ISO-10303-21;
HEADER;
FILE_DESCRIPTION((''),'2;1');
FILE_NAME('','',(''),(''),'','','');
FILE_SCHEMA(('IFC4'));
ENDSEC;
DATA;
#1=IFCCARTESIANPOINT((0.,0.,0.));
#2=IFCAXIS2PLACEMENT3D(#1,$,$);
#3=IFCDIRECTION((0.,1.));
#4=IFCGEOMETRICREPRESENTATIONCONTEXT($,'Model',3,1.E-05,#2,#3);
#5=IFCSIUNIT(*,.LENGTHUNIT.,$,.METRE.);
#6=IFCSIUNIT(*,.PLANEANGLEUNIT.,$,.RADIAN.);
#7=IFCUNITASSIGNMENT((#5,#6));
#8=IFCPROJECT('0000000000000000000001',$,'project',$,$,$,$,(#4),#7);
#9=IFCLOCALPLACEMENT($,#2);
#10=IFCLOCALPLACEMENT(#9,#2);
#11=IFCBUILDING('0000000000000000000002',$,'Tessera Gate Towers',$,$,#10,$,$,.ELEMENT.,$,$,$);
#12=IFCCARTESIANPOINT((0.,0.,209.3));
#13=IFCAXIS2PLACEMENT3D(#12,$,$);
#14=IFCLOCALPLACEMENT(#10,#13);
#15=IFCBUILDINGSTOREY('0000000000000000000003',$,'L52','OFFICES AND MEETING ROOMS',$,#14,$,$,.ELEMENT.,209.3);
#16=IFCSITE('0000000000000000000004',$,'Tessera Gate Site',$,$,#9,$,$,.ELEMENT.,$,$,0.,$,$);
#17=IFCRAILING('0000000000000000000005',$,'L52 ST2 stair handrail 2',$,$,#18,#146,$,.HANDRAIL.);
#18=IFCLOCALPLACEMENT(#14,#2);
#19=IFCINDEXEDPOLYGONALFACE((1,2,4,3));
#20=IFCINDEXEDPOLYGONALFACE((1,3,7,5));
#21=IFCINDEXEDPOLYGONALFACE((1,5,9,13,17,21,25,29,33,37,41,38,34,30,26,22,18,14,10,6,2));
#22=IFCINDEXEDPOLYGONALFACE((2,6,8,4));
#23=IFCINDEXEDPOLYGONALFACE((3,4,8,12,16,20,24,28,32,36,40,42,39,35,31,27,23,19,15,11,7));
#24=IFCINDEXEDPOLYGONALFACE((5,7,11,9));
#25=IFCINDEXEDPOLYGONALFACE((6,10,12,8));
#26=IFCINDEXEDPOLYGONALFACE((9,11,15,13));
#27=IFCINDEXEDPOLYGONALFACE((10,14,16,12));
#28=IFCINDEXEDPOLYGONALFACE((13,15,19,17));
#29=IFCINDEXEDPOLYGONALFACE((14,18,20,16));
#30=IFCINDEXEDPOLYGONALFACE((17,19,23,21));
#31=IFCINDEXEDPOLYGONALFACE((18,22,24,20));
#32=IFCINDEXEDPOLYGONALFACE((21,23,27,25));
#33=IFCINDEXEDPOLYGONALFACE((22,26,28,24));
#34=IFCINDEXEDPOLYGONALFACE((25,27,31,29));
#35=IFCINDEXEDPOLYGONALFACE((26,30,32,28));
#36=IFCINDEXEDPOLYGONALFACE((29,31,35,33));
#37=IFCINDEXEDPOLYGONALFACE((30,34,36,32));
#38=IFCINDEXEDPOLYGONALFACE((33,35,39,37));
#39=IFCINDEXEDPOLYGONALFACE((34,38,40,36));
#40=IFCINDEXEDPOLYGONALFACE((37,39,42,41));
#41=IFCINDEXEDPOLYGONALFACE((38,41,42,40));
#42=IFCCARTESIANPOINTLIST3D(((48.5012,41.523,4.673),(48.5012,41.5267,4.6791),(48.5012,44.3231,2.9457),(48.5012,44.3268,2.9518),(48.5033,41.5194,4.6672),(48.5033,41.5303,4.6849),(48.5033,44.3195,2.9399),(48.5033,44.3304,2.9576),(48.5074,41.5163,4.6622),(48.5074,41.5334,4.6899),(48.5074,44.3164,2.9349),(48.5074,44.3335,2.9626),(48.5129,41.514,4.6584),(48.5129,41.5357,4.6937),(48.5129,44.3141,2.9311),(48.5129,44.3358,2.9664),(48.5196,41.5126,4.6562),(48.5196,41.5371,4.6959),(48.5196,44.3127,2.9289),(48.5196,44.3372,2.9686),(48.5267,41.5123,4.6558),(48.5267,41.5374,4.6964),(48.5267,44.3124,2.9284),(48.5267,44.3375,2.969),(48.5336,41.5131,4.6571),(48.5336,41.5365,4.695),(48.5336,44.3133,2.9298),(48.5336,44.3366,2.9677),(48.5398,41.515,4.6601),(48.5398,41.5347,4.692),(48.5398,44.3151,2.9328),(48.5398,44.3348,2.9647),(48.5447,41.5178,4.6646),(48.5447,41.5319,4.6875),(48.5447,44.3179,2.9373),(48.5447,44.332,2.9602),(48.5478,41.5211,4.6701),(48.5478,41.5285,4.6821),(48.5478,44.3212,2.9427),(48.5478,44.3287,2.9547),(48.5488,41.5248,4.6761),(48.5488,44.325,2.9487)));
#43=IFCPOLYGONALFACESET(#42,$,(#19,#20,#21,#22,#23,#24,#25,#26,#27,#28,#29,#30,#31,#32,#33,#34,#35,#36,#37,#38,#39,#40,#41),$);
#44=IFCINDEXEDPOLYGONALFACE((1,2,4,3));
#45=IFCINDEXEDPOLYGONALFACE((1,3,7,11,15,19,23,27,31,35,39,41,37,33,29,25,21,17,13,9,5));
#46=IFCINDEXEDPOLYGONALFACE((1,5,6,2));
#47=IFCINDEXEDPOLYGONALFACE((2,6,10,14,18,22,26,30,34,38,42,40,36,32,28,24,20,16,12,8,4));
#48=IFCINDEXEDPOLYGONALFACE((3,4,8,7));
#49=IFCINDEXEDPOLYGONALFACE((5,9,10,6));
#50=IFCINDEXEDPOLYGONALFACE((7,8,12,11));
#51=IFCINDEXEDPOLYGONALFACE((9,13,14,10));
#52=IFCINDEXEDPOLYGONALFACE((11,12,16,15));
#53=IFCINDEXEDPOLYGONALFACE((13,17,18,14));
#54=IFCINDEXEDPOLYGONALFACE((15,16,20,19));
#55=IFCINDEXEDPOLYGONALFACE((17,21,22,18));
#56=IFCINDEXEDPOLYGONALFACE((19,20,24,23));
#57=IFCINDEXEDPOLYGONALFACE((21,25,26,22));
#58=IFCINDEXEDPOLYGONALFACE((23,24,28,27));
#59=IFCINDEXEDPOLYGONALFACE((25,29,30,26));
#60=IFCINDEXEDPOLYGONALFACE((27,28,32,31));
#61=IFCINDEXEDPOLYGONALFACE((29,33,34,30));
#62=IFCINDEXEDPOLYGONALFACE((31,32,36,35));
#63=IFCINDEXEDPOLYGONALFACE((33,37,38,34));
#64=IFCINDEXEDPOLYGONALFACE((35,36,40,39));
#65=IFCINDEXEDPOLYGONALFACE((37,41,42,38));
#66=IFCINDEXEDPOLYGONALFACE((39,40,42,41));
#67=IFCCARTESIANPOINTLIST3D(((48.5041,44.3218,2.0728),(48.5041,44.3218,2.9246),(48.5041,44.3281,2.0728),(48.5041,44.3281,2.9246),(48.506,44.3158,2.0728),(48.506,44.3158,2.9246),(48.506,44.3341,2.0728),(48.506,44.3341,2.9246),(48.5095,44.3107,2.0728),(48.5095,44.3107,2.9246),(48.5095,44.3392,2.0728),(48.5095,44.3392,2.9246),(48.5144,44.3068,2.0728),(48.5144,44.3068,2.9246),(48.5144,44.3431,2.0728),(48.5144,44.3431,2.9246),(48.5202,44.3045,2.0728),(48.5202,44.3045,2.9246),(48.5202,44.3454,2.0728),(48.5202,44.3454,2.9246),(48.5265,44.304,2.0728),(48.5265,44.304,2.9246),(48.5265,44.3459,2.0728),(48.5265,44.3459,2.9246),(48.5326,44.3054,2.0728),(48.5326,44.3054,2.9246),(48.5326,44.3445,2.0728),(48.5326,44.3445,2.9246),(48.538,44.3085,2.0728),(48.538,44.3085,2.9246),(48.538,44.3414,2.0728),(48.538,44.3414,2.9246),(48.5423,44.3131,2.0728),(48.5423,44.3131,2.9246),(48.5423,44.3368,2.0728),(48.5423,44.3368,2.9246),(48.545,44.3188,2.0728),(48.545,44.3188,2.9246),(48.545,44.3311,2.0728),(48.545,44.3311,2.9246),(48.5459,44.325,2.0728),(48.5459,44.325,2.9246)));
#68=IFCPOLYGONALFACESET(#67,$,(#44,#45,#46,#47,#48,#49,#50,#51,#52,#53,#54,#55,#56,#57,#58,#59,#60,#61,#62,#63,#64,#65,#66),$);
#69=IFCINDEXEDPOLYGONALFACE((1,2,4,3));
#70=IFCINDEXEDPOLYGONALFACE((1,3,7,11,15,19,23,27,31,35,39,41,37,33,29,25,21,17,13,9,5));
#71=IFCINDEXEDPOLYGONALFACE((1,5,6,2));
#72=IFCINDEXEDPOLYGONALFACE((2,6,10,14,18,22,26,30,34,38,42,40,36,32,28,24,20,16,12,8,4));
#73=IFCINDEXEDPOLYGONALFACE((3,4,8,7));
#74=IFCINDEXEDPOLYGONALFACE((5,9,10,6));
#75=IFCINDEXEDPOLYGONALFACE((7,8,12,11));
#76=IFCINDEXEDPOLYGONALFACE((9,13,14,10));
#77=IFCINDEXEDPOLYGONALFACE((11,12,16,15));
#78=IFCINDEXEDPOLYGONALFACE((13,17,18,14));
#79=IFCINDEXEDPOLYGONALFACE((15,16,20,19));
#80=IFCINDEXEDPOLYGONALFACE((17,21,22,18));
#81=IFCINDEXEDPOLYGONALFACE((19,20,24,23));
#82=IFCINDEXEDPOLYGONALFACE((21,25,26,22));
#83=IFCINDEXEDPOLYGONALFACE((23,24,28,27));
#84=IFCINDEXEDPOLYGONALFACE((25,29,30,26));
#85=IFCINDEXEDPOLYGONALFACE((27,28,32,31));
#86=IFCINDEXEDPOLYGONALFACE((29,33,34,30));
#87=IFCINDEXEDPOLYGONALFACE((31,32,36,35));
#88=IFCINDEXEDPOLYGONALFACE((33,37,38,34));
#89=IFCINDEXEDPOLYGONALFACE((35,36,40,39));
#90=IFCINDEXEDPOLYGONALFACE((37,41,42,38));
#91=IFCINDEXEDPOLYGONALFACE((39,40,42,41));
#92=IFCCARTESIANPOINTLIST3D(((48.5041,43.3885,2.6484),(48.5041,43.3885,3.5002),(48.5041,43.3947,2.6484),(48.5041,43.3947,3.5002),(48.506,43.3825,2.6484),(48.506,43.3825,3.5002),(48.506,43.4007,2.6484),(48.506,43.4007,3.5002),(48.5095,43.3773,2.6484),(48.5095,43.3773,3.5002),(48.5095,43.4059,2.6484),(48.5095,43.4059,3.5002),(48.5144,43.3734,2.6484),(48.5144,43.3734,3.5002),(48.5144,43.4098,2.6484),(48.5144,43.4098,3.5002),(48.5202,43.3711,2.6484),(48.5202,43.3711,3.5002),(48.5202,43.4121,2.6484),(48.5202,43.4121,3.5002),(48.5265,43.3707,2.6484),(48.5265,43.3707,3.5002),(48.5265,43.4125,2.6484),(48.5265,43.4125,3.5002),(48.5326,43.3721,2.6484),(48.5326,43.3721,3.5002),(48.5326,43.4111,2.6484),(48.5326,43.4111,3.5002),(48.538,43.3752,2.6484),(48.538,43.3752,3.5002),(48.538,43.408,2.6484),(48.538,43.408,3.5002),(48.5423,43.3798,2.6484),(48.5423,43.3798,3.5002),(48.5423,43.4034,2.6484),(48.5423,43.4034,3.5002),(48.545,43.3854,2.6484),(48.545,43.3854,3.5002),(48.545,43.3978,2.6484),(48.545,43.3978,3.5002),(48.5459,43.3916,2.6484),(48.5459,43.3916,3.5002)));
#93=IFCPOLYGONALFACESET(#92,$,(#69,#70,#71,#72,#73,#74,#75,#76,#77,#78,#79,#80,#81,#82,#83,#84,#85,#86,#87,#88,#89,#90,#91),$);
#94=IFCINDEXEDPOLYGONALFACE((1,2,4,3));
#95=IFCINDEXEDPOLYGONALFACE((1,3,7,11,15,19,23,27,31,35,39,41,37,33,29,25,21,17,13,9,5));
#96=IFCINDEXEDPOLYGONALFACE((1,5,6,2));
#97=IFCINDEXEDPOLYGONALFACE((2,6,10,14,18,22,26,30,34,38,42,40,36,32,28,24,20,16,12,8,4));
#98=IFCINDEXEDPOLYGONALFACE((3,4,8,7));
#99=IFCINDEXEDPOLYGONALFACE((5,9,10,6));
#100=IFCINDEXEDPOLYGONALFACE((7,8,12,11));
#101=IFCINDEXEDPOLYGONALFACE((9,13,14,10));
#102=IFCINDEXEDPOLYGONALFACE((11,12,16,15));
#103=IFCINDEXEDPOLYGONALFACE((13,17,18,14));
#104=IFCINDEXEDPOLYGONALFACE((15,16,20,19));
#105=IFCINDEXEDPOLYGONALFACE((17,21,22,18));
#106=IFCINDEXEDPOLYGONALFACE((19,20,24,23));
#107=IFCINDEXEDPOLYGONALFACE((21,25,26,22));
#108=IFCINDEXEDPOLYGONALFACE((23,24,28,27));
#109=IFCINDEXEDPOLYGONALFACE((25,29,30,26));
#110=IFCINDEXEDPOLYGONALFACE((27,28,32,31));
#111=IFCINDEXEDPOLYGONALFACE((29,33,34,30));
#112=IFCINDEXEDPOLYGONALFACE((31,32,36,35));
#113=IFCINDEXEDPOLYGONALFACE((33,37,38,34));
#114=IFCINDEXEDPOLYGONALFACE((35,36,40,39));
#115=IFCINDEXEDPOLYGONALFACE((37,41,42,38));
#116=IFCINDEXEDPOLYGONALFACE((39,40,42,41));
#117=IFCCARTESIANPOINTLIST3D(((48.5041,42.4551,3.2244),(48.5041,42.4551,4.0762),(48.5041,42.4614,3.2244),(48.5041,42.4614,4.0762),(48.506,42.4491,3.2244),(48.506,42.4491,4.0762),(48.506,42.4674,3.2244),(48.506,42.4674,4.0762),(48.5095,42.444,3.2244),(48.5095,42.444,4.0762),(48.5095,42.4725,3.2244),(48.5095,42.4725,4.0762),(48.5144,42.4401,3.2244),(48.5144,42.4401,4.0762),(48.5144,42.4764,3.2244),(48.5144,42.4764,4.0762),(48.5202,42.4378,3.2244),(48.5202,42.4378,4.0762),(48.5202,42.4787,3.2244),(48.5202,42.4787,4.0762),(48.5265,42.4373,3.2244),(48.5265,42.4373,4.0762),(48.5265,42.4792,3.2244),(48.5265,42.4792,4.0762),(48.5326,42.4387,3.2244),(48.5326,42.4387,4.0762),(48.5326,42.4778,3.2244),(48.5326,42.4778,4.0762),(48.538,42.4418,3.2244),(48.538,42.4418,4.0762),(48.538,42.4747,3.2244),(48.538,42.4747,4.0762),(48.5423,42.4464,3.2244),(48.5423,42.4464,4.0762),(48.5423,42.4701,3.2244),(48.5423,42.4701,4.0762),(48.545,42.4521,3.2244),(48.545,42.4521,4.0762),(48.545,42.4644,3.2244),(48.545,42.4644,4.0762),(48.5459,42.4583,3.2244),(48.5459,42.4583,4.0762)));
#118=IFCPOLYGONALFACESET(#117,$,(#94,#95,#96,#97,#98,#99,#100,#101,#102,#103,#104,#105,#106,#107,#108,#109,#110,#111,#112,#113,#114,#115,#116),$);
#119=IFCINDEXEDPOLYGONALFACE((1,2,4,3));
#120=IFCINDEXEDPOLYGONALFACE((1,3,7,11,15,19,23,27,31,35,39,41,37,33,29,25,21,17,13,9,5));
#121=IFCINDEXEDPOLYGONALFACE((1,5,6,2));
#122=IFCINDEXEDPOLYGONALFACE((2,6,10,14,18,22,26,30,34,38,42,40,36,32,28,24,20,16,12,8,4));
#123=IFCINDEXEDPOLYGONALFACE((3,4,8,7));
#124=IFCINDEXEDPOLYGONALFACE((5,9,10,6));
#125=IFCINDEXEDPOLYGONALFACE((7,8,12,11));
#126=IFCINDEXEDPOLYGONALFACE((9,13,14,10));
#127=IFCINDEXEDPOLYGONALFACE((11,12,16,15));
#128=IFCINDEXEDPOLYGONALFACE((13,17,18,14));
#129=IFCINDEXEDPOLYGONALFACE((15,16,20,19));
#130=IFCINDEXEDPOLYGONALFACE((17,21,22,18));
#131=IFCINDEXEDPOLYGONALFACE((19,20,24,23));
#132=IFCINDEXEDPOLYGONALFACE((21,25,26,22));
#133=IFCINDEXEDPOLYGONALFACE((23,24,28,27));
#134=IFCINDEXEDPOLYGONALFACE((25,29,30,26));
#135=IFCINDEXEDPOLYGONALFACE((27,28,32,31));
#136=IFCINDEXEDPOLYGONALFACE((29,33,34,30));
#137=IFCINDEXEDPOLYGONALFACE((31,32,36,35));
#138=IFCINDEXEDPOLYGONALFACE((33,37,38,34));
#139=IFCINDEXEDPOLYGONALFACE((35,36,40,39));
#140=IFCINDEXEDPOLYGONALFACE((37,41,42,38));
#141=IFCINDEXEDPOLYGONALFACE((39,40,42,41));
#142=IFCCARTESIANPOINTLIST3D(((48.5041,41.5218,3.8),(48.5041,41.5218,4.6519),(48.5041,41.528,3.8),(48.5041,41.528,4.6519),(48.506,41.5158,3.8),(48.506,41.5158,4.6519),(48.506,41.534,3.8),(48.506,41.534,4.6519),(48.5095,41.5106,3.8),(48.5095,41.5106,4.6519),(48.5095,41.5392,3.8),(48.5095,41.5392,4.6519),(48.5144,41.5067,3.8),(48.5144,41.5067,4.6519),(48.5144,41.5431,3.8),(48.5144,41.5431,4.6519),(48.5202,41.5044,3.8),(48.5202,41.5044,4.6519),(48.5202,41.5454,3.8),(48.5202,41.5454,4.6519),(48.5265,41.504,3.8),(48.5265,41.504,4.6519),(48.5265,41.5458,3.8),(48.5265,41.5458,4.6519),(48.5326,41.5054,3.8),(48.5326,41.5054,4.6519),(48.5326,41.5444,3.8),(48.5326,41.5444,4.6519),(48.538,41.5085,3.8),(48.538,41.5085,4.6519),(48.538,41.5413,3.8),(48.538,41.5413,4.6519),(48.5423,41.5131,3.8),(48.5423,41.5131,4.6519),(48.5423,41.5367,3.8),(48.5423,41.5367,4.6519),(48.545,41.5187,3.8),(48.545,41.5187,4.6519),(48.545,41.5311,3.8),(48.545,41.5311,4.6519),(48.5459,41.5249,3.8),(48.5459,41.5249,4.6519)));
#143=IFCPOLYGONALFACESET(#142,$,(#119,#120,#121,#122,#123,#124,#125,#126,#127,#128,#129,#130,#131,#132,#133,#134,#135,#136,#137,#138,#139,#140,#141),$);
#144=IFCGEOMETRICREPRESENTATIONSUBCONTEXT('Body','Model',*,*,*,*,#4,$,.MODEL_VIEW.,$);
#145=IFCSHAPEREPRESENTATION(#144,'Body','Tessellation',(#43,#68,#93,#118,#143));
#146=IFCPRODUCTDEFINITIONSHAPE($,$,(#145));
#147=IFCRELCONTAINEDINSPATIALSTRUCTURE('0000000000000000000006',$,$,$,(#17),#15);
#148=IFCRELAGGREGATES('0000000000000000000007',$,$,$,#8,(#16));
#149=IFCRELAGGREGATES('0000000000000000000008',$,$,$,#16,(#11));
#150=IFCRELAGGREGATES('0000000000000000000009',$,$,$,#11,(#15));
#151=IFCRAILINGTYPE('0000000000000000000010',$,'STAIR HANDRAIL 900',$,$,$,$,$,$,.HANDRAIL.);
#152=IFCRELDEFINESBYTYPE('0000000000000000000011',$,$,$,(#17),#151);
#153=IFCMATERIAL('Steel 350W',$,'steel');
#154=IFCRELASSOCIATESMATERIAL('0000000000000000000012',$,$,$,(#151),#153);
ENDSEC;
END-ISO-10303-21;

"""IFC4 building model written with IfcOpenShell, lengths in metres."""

from ifc_helpers import new_model, si_unit, direction, frame, origin, origin_2d, place, context, subcontext, project, spatial, circle, extrude, material, type_object, element, save


model = new_model("IFC4")

# Units and contexts
model_context = context("Model", 3, precision=1e-05, world=origin(), true_north=direction((0.0, 1.0)))
body_context = subcontext(model_context, "Body", "Model", "MODEL_VIEW")
ifc_project = project(units=[si_unit("LENGTHUNIT", "METRE"), si_unit("PLANEANGLEUNIT", "RADIAN")], contexts=[model_context])

# Site, building, storey
site_placement = place(None, origin())
site = spatial("IfcSite", under=ifc_project, at=site_placement, Name="Tessera Gate Site", CompositionType="ELEMENT", RefElevation=0.0)
building_placement = place(site_placement, origin())
building = spatial("IfcBuilding", under=site, at=building_placement, Name="Tessera Gate Towers", CompositionType="ELEMENT")
storey_placement = place(building_placement, frame((0.0, 0.0, 209.3)))
storey = spatial("IfcBuildingStorey", under=building, at=storey_placement, Name="L52", Description="OFFICES AND MEETING ROOMS", CompositionType="ELEMENT", Elevation=209.3)

# Railing
ifc_material_1 = material(Name="Steel 350W", Category="steel")
railing_type_1 = type_object("IfcRailingType", Name="STAIR HANDRAIL 900", PredefinedType="HANDRAIL", material=ifc_material_1)
railing_1_placement = place(storey_placement, frame((48.5249, 44.325, 2.0728)))
element("IfcRailing", 1, at=railing_1_placement, inside=storey, type_object=railing_type_1, Name="L52 ST2 stair handrail 2", PredefinedType="HANDRAIL", context=body_context, shape_type="SweptSolid", body=[
    extrude(circle(Radius=0.0239, at=origin_2d()), frame((0.0, 0.0, 0.876), z_axis=(0.0, -0.85109, 0.52502), x_axis=(1.0, 0.0, 0.0)), (0.0, 0.0, 1.0), 3.29),
    extrude(circle(Radius=0.021, at=origin_2d()), origin(), (0.0, 0.0, 1.0), 0.8518),
    extrude(circle(Radius=0.021, at=origin_2d()), frame((0.0, -0.9333, 0.5757)), (0.0, 0.0, 1.0), 0.8518),
    extrude(circle(Radius=0.021, at=origin_2d()), frame((0.0, -1.8667, 1.1516)), (0.0, 0.0, 1.0), 0.8518),
    extrude(circle(Radius=0.021, at=origin_2d()), frame((0.0, -2.8, 1.7273)), (0.0, 0.0, 1.0), 0.8518),
])

save(model, "model.ifc")
